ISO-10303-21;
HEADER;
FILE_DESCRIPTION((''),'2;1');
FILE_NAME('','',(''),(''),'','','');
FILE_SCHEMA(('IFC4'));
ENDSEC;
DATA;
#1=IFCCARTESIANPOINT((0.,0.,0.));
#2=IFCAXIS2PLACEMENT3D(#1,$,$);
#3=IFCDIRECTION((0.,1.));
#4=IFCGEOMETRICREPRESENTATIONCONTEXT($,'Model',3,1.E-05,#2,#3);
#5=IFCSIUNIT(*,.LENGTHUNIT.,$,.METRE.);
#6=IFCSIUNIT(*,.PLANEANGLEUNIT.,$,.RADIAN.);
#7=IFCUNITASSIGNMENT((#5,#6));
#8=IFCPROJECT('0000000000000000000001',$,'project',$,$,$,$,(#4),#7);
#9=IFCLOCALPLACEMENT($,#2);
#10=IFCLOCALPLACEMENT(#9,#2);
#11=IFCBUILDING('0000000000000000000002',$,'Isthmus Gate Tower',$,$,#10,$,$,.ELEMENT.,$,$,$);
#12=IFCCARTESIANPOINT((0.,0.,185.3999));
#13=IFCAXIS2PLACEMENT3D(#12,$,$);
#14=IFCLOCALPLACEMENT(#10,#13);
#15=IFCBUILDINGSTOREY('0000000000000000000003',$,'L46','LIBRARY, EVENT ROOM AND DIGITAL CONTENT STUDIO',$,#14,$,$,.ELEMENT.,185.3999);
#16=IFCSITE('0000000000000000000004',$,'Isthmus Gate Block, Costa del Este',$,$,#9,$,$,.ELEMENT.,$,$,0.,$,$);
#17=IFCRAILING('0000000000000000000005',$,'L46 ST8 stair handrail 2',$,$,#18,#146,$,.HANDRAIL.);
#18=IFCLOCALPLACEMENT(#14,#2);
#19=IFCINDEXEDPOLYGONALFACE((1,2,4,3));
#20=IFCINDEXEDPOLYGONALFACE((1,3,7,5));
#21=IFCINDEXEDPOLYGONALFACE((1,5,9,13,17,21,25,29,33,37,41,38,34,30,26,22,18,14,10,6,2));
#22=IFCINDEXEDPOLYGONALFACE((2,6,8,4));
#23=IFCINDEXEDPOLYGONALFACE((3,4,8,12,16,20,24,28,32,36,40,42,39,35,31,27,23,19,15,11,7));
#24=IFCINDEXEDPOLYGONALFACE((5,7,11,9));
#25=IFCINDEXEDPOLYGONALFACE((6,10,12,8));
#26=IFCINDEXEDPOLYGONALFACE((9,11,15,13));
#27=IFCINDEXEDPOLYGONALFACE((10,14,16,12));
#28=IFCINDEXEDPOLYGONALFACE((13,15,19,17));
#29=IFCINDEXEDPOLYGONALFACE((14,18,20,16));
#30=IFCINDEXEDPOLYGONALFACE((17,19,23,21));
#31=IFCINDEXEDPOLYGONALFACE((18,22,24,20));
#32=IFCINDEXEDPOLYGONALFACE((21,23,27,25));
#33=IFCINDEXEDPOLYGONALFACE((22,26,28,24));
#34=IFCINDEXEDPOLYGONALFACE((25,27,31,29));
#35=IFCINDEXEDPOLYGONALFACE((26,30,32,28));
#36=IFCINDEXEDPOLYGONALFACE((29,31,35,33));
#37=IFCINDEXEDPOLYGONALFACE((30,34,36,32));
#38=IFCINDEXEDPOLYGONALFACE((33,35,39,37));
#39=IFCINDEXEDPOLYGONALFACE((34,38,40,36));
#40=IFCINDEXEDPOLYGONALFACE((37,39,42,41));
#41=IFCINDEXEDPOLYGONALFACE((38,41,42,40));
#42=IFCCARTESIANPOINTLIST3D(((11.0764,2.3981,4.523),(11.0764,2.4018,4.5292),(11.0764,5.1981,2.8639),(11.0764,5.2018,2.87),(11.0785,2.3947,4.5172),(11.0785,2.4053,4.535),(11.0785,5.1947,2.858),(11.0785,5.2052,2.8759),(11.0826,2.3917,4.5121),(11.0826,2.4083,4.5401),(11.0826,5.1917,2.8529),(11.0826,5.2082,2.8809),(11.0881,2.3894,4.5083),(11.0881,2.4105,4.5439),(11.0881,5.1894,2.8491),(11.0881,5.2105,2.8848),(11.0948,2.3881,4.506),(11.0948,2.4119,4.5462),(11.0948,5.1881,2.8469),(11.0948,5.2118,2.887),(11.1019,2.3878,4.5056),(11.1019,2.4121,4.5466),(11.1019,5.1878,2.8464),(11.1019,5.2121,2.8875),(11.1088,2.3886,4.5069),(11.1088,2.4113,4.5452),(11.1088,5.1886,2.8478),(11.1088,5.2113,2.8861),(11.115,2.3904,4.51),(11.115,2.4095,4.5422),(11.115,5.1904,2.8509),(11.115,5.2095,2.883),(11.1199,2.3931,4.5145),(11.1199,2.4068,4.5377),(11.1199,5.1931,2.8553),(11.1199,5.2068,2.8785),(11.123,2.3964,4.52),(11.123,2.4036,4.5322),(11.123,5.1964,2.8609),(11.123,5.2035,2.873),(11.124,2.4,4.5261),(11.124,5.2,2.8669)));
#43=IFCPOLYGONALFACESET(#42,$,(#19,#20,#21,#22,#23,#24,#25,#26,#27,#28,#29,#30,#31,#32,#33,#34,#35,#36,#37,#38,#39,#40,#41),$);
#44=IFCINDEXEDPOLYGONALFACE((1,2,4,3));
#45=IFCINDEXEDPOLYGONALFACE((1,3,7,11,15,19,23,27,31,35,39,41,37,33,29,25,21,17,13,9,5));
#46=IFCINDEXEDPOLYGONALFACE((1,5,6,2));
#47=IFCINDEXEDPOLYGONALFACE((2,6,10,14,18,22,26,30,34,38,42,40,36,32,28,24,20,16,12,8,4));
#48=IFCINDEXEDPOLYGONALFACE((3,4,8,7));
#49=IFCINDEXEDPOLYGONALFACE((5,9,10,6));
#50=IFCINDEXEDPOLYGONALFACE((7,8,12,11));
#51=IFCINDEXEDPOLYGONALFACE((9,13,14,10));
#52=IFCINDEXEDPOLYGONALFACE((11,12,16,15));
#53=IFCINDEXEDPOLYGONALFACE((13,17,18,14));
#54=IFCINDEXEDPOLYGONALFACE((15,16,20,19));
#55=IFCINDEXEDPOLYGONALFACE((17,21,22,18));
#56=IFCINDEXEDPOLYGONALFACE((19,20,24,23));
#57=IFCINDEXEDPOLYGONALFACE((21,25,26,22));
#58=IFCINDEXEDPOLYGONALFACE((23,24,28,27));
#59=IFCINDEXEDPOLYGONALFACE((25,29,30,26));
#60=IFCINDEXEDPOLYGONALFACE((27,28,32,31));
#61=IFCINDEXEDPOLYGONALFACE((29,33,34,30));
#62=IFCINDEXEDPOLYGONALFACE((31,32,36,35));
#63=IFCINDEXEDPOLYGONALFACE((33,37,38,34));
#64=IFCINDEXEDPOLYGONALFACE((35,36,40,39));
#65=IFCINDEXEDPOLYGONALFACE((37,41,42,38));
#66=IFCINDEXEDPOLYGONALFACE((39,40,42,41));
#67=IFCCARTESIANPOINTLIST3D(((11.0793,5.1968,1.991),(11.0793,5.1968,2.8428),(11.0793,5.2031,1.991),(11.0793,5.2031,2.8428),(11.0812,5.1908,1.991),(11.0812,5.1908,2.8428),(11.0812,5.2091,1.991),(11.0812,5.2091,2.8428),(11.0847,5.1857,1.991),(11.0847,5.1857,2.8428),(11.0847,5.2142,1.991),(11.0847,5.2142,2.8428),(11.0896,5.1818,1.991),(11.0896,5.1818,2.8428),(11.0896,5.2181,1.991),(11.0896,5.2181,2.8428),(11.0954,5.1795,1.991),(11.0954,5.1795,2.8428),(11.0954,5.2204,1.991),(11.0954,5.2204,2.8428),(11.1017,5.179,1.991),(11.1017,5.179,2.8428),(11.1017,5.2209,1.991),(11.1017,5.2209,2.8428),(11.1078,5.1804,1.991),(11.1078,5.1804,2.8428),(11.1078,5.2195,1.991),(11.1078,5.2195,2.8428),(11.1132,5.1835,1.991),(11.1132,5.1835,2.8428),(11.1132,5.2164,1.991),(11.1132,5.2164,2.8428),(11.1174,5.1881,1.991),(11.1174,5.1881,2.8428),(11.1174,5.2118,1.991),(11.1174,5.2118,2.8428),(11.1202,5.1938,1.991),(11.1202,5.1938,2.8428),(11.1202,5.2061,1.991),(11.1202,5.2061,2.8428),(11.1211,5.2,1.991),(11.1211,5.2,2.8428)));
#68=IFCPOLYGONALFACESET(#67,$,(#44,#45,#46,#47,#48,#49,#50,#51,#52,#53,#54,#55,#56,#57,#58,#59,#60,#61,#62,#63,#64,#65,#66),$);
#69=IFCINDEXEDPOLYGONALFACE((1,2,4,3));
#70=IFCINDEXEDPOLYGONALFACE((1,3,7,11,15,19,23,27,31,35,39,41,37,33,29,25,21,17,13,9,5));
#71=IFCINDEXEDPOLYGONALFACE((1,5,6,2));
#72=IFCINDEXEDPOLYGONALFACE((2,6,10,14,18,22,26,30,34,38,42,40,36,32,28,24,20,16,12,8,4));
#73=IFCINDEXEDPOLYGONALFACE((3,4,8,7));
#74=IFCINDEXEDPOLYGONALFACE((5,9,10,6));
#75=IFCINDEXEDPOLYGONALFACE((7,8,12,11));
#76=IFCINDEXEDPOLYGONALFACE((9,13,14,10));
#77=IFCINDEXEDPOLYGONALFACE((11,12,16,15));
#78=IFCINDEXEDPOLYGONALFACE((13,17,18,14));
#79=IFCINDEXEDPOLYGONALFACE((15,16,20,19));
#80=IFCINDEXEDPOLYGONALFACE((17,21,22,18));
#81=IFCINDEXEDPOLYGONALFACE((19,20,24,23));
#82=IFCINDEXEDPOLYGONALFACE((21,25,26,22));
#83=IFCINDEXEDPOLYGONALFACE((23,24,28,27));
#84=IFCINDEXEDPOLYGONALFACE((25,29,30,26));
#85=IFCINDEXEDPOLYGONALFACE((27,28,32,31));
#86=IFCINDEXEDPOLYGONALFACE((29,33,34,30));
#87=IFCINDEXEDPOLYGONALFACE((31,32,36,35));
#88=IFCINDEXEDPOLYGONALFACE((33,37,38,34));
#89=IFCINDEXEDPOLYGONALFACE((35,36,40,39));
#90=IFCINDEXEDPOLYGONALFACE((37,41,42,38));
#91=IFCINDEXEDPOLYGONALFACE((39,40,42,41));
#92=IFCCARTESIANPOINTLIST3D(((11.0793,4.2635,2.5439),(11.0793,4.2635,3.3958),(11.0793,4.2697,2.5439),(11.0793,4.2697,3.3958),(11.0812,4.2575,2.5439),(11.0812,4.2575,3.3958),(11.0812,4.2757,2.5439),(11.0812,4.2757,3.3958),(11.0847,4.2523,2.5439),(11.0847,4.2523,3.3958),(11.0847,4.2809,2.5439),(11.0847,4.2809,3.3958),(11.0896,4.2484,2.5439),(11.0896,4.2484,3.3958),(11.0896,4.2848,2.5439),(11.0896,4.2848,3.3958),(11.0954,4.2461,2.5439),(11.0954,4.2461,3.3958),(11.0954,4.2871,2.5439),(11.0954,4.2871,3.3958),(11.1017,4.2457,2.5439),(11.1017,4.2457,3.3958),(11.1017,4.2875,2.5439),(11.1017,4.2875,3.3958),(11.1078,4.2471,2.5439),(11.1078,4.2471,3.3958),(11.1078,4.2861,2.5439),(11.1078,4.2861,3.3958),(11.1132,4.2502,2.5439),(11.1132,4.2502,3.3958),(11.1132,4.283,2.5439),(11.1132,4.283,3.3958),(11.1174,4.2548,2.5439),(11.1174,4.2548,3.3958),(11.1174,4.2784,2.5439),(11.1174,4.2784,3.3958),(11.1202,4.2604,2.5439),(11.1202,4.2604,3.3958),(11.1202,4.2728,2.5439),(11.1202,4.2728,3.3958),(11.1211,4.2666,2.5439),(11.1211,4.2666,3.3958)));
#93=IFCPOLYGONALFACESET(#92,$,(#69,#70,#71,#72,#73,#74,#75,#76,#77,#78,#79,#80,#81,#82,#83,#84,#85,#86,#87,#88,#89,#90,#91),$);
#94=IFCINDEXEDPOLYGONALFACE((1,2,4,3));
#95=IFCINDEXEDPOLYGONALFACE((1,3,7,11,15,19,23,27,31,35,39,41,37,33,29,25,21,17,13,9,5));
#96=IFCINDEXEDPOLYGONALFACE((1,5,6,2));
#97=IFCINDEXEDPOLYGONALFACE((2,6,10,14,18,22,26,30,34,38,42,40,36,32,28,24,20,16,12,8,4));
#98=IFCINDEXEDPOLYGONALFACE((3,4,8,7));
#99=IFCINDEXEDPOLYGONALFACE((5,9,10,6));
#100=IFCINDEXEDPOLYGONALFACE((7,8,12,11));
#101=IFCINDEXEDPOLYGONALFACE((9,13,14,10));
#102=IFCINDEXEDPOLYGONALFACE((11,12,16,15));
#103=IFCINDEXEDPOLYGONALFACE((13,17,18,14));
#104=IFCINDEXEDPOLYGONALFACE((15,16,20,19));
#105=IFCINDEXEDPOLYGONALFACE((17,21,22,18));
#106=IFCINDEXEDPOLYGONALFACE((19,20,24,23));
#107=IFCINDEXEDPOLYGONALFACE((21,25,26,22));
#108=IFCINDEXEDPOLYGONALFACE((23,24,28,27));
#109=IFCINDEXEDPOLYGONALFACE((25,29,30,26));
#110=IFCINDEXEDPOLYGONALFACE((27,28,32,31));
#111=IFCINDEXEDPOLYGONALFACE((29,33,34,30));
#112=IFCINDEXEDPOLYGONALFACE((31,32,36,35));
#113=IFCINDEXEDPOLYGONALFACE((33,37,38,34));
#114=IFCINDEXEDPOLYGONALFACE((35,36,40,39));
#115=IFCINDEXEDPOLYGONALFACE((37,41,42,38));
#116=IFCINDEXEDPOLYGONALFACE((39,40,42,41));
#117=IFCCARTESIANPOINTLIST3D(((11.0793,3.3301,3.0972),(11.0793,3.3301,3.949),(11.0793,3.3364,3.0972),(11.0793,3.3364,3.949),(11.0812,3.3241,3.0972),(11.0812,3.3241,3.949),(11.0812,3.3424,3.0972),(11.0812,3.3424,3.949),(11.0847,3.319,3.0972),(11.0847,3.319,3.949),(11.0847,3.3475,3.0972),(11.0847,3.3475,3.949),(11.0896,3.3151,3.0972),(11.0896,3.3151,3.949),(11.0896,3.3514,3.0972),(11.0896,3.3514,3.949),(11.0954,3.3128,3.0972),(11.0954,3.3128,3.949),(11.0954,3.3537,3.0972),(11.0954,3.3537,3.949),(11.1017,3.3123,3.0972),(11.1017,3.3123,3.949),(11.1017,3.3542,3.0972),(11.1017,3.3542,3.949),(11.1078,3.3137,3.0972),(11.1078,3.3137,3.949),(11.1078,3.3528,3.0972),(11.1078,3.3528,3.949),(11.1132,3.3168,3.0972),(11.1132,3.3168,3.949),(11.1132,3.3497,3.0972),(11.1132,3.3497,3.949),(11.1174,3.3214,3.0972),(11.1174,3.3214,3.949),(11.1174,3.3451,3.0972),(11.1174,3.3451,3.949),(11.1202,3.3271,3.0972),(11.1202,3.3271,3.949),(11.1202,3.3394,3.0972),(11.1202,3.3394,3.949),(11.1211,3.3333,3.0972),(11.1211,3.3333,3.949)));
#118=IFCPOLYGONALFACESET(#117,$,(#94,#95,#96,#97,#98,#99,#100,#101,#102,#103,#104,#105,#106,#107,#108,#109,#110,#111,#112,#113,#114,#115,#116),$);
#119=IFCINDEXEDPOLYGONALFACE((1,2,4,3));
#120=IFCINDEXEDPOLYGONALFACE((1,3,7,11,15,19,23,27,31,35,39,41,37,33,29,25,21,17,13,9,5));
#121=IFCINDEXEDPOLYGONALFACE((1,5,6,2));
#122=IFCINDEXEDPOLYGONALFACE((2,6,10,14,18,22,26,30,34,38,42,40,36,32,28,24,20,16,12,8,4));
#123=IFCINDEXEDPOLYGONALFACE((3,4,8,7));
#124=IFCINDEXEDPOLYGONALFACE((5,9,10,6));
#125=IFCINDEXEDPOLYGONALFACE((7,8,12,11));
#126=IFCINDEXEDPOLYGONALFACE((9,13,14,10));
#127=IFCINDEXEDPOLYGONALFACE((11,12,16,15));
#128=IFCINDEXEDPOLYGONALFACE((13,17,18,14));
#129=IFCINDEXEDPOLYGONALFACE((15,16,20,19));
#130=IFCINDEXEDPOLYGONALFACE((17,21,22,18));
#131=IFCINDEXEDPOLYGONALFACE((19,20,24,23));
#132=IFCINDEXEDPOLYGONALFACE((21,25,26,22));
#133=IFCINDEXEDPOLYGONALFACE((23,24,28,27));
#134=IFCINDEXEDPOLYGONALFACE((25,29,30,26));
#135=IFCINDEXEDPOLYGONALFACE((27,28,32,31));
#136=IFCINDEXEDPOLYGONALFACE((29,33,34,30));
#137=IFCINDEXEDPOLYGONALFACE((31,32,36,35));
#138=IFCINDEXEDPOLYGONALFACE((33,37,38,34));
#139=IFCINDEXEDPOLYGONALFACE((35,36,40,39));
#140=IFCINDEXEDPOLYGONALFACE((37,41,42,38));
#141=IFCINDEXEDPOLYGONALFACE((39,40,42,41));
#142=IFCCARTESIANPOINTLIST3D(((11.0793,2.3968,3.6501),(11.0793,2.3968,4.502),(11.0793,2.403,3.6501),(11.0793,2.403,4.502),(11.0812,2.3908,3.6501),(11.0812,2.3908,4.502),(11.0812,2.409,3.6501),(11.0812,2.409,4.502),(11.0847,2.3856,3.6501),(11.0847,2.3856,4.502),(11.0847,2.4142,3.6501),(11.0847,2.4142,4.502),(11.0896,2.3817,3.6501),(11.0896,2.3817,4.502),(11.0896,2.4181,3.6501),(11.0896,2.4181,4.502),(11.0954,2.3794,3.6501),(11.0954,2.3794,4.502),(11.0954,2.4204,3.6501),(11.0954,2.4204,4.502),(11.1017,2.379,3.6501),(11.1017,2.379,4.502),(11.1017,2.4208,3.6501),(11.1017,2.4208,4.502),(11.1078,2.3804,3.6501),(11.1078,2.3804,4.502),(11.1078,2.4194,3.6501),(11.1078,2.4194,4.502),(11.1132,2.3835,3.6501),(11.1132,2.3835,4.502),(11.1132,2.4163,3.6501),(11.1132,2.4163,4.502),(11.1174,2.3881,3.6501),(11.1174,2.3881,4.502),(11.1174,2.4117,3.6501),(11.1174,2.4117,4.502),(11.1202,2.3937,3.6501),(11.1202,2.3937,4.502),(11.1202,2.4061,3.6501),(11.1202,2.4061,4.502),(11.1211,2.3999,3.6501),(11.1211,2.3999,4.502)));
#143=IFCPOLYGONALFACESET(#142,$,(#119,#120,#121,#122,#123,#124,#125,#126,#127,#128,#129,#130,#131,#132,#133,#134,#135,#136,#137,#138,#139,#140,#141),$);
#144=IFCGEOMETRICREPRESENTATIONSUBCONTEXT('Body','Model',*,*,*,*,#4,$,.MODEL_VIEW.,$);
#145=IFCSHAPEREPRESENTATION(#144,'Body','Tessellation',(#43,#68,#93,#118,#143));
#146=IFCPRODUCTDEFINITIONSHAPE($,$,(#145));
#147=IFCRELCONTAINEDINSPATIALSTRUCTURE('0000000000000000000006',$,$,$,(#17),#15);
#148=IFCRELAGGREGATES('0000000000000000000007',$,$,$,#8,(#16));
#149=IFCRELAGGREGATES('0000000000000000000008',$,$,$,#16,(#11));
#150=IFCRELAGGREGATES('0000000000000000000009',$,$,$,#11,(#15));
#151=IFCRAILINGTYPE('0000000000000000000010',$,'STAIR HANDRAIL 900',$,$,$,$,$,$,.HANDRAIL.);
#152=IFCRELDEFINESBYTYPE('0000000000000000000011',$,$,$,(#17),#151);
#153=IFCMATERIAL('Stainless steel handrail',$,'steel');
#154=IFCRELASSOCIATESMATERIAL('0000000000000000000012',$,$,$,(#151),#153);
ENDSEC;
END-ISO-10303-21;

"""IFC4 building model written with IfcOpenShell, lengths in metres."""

from ifc_helpers import new_model, si_unit, direction, frame, origin, origin_2d, place, context, subcontext, project, spatial, circle, extrude, material, type_object, element, save


model = new_model("IFC4")

# Units and contexts
model_context = context("Model", 3, precision=1e-05, world=origin(), true_north=direction((0.0, 1.0)))
body_context = subcontext(model_context, "Body", "Model", "MODEL_VIEW")
ifc_project = project(units=[si_unit("LENGTHUNIT", "METRE"), si_unit("PLANEANGLEUNIT", "RADIAN")], contexts=[model_context])

# Site, building, storey
site_placement = place(None, origin())
site = spatial("IfcSite", under=ifc_project, at=site_placement, Name="Isthmus Gate Block, Costa del Este", CompositionType="ELEMENT", RefElevation=0.0)
building_placement = place(site_placement, origin())
building = spatial("IfcBuilding", under=site, at=building_placement, Name="Isthmus Gate Tower", CompositionType="ELEMENT")
storey_placement = place(building_placement, frame((0.0, 0.0, 185.3999)))
storey = spatial("IfcBuildingStorey", under=building, at=storey_placement, Name="L46", Description="LIBRARY, EVENT ROOM AND DIGITAL CONTENT STUDIO", CompositionType="ELEMENT", Elevation=185.3999)

# Railing
ifc_material_1 = material(Name="Stainless steel handrail", Category="steel")
railing_type_1 = type_object("IfcRailingType", Name="STAIR HANDRAIL 900", PredefinedType="HANDRAIL", material=ifc_material_1)
railing_1_placement = place(storey_placement, frame((11.1001, 5.2, 1.991)))
element("IfcRailing", 1, at=railing_1_placement, inside=storey, type_object=railing_type_1, Name="L46 ST8 stair handrail 2", PredefinedType="HANDRAIL", context=body_context, shape_type="SweptSolid", body=[
    extrude(circle(Radius=0.0239, at=origin_2d()), frame((0.0, 0.0, 0.876), z_axis=(0.0, -0.860306, 0.509778), x_axis=(1.0, 0.0, 0.0)), (0.0, 0.0, 1.0), 3.2546),
    extrude(circle(Radius=0.021, at=origin_2d()), origin(), (0.0, 0.0, 1.0), 0.8518),
    extrude(circle(Radius=0.021, at=origin_2d()), frame((0.0, -0.9333, 0.553)), (0.0, 0.0, 1.0), 0.8518),
    extrude(circle(Radius=0.021, at=origin_2d()), frame((0.0, -1.8667, 1.1062)), (0.0, 0.0, 1.0), 0.8518),
    extrude(circle(Radius=0.021, at=origin_2d()), frame((0.0, -2.8, 1.6592)), (0.0, 0.0, 1.0), 0.8518),
])

save(model, "model.ifc")
